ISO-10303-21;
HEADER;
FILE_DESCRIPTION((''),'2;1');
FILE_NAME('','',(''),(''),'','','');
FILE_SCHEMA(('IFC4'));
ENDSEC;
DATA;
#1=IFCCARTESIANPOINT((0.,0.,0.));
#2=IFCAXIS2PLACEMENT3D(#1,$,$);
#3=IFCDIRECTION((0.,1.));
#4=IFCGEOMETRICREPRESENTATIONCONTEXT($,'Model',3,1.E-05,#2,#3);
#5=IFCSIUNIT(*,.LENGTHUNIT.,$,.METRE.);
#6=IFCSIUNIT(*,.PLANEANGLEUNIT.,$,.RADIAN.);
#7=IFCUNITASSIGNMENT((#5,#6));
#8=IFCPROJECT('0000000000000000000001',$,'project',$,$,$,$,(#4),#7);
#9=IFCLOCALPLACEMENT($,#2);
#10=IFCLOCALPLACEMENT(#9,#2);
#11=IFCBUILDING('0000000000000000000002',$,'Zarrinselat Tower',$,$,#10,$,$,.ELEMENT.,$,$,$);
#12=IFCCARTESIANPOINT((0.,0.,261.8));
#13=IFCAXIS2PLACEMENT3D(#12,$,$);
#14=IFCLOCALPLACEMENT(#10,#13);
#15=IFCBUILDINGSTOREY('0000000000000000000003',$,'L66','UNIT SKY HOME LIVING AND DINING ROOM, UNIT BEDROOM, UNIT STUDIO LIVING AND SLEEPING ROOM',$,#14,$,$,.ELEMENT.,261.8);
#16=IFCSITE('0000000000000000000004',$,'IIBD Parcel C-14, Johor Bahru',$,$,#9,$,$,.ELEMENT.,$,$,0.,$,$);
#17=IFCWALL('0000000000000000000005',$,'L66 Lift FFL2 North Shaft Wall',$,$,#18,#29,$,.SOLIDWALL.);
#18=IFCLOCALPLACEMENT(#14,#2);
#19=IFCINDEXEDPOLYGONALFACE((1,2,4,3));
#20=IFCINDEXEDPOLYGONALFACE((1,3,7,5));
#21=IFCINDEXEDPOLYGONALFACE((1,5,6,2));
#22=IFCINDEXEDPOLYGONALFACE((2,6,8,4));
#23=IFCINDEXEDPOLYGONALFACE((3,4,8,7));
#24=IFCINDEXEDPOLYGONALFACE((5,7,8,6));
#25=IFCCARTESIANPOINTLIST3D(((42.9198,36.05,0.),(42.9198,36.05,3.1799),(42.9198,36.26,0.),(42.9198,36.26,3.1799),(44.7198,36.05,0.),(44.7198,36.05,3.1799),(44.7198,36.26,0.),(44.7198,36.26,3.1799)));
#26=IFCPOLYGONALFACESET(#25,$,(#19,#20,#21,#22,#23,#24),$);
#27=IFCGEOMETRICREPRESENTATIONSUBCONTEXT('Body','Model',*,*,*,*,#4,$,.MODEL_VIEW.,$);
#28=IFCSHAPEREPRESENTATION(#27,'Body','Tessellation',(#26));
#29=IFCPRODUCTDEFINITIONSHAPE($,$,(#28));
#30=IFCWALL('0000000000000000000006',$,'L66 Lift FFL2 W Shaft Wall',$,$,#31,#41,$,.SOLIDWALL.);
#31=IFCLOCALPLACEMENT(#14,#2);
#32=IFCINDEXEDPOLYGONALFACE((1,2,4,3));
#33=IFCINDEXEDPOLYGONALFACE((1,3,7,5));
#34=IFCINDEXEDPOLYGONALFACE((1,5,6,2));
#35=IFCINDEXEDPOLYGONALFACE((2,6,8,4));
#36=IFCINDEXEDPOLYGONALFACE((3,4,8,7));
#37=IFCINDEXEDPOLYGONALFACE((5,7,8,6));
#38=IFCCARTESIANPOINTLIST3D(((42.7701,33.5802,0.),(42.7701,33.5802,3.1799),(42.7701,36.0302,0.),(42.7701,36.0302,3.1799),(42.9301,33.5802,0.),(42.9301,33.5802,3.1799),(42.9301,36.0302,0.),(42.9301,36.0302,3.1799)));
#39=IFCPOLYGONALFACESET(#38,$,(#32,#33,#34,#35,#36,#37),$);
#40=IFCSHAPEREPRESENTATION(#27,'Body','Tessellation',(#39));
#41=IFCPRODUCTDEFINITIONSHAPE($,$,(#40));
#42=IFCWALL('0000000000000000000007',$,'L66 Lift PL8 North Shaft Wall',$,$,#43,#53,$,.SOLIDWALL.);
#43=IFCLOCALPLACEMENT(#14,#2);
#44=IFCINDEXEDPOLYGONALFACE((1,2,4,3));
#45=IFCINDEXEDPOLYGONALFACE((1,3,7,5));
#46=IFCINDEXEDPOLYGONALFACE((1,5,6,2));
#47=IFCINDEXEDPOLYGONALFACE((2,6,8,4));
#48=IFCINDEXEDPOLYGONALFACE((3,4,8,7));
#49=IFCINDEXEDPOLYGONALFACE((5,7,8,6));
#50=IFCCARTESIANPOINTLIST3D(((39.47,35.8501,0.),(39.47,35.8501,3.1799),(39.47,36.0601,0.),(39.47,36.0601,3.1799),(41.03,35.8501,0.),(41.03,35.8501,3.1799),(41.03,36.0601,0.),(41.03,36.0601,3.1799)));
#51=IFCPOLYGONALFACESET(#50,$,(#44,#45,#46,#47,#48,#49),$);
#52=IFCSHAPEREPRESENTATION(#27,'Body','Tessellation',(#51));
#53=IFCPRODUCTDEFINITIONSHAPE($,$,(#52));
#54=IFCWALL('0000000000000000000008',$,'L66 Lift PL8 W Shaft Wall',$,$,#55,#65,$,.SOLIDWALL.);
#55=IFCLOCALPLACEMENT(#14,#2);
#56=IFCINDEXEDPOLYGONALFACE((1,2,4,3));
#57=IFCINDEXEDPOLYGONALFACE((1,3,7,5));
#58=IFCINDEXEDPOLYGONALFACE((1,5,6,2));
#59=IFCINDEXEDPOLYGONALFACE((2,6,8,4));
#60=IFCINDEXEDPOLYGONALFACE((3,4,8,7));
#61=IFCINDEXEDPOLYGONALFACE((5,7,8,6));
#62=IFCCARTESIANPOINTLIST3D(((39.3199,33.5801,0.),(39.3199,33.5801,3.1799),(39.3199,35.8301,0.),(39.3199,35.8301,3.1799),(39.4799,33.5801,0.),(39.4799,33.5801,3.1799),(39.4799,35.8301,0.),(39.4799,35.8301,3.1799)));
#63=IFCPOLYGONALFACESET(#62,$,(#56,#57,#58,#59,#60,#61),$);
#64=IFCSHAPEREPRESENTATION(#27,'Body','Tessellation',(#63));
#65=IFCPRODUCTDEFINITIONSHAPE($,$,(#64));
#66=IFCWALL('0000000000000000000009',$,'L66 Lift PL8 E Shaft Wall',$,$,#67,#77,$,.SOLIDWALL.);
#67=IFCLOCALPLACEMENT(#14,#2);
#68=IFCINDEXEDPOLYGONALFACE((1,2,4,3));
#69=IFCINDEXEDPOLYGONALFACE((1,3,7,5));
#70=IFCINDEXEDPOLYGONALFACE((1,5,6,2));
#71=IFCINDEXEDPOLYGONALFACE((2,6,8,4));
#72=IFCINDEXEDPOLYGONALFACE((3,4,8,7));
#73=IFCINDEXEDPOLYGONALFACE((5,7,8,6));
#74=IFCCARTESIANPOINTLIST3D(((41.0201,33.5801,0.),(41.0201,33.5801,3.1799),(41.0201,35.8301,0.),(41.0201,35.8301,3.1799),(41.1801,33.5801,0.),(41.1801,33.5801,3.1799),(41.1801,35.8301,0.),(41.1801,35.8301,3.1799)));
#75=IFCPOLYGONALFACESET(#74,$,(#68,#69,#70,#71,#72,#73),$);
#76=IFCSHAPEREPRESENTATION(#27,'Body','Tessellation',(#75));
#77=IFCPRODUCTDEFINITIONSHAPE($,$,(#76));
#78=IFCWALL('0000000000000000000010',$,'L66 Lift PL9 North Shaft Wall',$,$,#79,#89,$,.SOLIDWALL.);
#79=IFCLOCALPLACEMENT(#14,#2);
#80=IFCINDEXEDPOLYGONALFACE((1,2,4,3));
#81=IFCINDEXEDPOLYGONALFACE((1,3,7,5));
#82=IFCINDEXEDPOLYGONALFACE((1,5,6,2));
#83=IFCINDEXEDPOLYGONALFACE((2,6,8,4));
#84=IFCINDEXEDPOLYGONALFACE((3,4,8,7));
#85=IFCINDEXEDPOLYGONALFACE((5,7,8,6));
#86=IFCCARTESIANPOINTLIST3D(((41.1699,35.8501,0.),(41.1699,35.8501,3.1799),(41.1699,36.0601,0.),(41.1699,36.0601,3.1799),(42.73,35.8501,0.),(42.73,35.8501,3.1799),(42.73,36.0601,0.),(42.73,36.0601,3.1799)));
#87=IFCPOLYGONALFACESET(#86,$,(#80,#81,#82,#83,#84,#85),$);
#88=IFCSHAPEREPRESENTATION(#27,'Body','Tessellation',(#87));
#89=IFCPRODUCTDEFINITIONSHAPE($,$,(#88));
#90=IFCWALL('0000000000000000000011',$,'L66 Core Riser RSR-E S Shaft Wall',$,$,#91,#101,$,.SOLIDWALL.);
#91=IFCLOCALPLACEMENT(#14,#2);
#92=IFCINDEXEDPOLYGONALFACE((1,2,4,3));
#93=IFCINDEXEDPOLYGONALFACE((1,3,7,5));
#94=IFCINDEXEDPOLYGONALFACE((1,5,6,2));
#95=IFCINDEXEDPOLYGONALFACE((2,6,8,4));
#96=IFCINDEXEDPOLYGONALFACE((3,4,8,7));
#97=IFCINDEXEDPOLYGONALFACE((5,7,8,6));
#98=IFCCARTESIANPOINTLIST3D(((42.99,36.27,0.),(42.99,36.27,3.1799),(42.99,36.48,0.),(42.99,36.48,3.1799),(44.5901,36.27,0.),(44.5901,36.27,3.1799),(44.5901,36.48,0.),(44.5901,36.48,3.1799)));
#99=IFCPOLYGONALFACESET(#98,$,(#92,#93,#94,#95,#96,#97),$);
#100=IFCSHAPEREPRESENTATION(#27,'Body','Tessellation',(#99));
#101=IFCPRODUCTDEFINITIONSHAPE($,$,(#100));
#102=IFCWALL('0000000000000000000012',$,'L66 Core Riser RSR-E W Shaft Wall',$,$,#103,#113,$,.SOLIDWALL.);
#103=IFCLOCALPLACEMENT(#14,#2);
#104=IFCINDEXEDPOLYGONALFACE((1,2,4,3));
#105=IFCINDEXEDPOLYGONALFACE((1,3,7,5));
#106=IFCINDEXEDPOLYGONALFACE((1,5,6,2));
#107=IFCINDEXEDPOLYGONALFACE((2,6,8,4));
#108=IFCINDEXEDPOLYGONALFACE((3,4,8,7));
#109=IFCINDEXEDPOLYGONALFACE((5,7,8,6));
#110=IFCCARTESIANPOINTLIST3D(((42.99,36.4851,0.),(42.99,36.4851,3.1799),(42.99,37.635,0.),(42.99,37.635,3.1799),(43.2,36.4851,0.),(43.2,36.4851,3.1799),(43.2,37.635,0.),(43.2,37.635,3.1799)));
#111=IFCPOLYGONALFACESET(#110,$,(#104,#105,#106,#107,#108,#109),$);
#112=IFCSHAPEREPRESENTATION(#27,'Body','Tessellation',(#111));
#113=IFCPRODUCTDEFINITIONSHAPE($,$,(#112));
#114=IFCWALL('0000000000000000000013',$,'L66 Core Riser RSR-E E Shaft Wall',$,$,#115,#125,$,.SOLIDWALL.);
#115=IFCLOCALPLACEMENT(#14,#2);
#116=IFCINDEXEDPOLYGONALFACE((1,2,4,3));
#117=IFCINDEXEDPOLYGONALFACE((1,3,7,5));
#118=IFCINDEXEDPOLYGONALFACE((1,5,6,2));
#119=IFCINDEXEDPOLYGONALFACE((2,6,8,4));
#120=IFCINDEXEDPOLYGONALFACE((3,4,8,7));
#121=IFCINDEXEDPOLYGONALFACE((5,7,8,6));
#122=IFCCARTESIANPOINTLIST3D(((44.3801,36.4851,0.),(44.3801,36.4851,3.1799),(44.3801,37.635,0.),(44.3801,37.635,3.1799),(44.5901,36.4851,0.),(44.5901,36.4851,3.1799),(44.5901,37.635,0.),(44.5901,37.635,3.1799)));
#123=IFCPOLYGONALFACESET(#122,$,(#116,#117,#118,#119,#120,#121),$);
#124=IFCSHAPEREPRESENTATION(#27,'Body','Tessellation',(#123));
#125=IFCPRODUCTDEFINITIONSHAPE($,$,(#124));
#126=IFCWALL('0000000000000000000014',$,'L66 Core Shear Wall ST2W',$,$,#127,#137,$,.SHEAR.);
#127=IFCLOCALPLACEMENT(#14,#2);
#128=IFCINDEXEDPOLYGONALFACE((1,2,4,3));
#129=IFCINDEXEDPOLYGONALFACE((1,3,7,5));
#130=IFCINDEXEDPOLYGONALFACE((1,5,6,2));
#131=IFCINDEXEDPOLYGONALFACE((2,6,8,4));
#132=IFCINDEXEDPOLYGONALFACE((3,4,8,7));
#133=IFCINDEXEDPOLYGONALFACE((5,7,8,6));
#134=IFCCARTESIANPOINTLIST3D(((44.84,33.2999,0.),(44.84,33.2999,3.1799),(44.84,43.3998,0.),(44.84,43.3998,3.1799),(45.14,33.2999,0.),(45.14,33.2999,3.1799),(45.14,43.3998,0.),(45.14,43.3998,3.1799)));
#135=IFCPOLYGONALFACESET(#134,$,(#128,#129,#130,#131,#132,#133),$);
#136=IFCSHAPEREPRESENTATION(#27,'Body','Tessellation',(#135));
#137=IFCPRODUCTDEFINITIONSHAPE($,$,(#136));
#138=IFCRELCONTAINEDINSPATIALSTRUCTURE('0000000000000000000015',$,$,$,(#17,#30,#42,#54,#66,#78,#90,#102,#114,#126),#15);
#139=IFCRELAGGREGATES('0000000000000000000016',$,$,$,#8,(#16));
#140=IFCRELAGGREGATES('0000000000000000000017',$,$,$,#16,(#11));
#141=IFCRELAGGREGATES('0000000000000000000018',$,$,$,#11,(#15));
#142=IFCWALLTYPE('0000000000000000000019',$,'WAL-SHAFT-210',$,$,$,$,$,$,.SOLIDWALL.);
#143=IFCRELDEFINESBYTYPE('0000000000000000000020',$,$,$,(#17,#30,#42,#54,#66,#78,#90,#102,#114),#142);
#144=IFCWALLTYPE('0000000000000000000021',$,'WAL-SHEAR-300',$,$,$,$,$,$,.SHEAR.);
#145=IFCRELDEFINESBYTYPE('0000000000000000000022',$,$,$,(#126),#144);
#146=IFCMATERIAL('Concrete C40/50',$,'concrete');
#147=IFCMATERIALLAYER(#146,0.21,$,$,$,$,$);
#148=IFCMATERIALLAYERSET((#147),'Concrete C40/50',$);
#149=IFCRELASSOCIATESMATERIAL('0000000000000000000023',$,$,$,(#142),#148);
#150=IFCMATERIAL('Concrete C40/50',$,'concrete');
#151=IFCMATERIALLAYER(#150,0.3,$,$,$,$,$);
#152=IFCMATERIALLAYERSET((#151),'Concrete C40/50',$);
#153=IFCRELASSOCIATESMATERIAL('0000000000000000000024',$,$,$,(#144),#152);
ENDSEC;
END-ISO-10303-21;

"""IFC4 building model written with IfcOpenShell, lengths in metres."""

from ifc_helpers import new_model, si_unit, direction, frame, frame_2d, origin, place, context, subcontext, project, spatial, rectangle, extrude, material, layer, layer_set, type_object, element, save


model = new_model("IFC4")

# Units and contexts
model_context = context("Model", 3, precision=1e-05, world=origin(), true_north=direction((0.0, 1.0)))
body_context = subcontext(model_context, "Body", "Model", "MODEL_VIEW")
ifc_project = project(units=[si_unit("LENGTHUNIT", "METRE"), si_unit("PLANEANGLEUNIT", "RADIAN")], contexts=[model_context])

# Site, building, storey
site_placement = place(None, origin())
site = spatial("IfcSite", under=ifc_project, at=site_placement, Name="IIBD Parcel C-14, Johor Bahru", CompositionType="ELEMENT", RefElevation=0.0)
building_placement = place(site_placement, origin())
building = spatial("IfcBuilding", under=site, at=building_placement, Name="Zarrinselat Tower", CompositionType="ELEMENT")
storey_placement = place(building_placement, frame((0.0, 0.0, 261.8)))
storey = spatial("IfcBuildingStorey", under=building, at=storey_placement, Name="L66", Description="UNIT SKY HOME LIVING AND DINING ROOM, UNIT BEDROOM, UNIT STUDIO LIVING AND SLEEPING ROOM", CompositionType="ELEMENT", Elevation=261.8)

# Walls
ifc_material_1 = material(Name="Concrete C40/50", Category="concrete")
ifc_layer_1 = layer(ifc_material_1, 0.21)
ifc_layer_set_1 = layer_set([ifc_layer_1], Name="Concrete C40/50")
wall_type_1 = type_object("IfcWallType", Name="WAL-SHAFT-210", PredefinedType="SOLIDWALL", material=ifc_layer_set_1)
wall_1_placement = place(storey_placement, frame((42.9199, 36.155, 0.0), z_axis=(0.0, 0.0, 1.0), x_axis=(1.0, 0.0, 0.0)))
element("IfcWall", 1, at=wall_1_placement, inside=storey, type_object=wall_type_1, Name="L66 Lift FFL2 North Shaft Wall", PredefinedType="SOLIDWALL", context=body_context, shape_type="SweptSolid", body=[
    extrude(rectangle(XDim=1.8, YDim=0.21, at=frame_2d((0.8999, 0.0))), origin(), (0.0, 0.0, 1.0), 3.1799),
])
wall_2_placement = place(storey_placement, frame((42.8501, 33.5801, 0.0), z_axis=(0.0, 0.0, 1.0), x_axis=(0.0, 1.0, 0.0)))
element("IfcWall", 2, at=wall_2_placement, inside=storey, type_object=wall_type_1, Name="L66 Lift FFL2 W Shaft Wall", PredefinedType="SOLIDWALL", context=body_context, shape_type="SweptSolid", body=[
    extrude(rectangle(XDim=2.45, YDim=0.1599, at=frame_2d((1.2251, 0.0))), origin(), (0.0, 0.0, 1.0), 3.1799),
])
wall_3_placement = place(storey_placement, frame((39.47, 35.9551, 0.0), z_axis=(0.0, 0.0, 1.0), x_axis=(1.0, 0.0, 0.0)))
element("IfcWall", 3, at=wall_3_placement, inside=storey, type_object=wall_type_1, Name="L66 Lift PL8 North Shaft Wall", PredefinedType="SOLIDWALL", context=body_context, shape_type="SweptSolid", body=[
    extrude(rectangle(XDim=1.5601, YDim=0.21, at=frame_2d((0.78, 0.0))), origin(), (0.0, 0.0, 1.0), 3.1799),
])
for number, where, z_axis, x_axis, name in (
    (4, (39.3999, 33.5801, 0.0), (0.0, 0.0, 1.0), (0.0, 1.0, 0.0), "L66 Lift PL8 W Shaft Wall"),
    (5, (41.1001, 33.5801, 0.0), (0.0, 0.0, 1.0), (0.0, 1.0, 0.0), "L66 Lift PL8 E Shaft Wall"),
):
    element("IfcWall", number, at=place(storey_placement, frame(where, z_axis=z_axis, x_axis=x_axis)), inside=storey, type_object=wall_type_1, Name=name, PredefinedType="SOLIDWALL", context=body_context, shape_type="SweptSolid", body=[
        extrude(rectangle(XDim=2.25, YDim=0.1599, at=frame_2d((1.125, 0.0))), origin(), (0.0, 0.0, 1.0), 3.1799),
    ])
wall_4_placement = place(storey_placement, frame((41.1699, 35.9551, 0.0), z_axis=(0.0, 0.0, 1.0), x_axis=(1.0, 0.0, 0.0)))
element("IfcWall", 6, at=wall_4_placement, inside=storey, type_object=wall_type_1, Name="L66 Lift PL9 North Shaft Wall", PredefinedType="SOLIDWALL", context=body_context, shape_type="SweptSolid", body=[
    extrude(rectangle(XDim=1.5601, YDim=0.21, at=frame_2d((0.78, 0.0))), origin(), (0.0, 0.0, 1.0), 3.1799),
])
wall_5_placement = place(storey_placement, frame((42.99, 36.375, 0.0), z_axis=(0.0, 0.0, 1.0), x_axis=(1.0, 0.0, 0.0)))
element("IfcWall", 7, at=wall_5_placement, inside=storey, type_object=wall_type_1, Name="L66 Core Riser RSR-E S Shaft Wall", PredefinedType="SOLIDWALL", context=body_context, shape_type="SweptSolid", body=[
    extrude(rectangle(XDim=1.6001, YDim=0.21, at=frame_2d((0.8, 0.0))), origin(), (0.0, 0.0, 1.0), 3.1799),
])
for number, where, z_axis, x_axis, name in (
    (8, (43.095, 36.4851, 0.0), (0.0, 0.0, 1.0), (0.0, 1.0, 0.0), "L66 Core Riser RSR-E W Shaft Wall"),
    (9, (44.4851, 36.4851, 0.0), (0.0, 0.0, 1.0), (0.0, 1.0, 0.0), "L66 Core Riser RSR-E E Shaft Wall"),
):
    element("IfcWall", number, at=place(storey_placement, frame(where, z_axis=z_axis, x_axis=x_axis)), inside=storey, type_object=wall_type_1, Name=name, PredefinedType="SOLIDWALL", context=body_context, shape_type="SweptSolid", body=[
        extrude(rectangle(XDim=1.1499, YDim=0.21, at=frame_2d((0.575, 0.0))), origin(), (0.0, 0.0, 1.0), 3.1799),
    ])
ifc_material_2 = material(Name="Concrete C40/50", Category="concrete")
ifc_layer_2 = layer(ifc_material_2, 0.3)
ifc_layer_set_2 = layer_set([ifc_layer_2], Name="Concrete C40/50")
wall_type_2 = type_object("IfcWallType", Name="WAL-SHEAR-300", PredefinedType="SHEAR", material=ifc_layer_set_2)
wall_6_placement = place(storey_placement, frame((44.99, 33.3, 0.0), z_axis=(0.0, 0.0, 1.0), x_axis=(0.0, 1.0, 0.0)))
element("IfcWall", 10, at=wall_6_placement, inside=storey, type_object=wall_type_2, Name="L66 Core Shear Wall ST2W", PredefinedType="SHEAR", context=body_context, shape_type="SweptSolid", body=[
    extrude(rectangle(XDim=10.0999, YDim=0.3, at=frame_2d((5.0498, 0.0))), origin(), (0.0, 0.0, 1.0), 3.1799),
])

save(model, "model.ifc")
